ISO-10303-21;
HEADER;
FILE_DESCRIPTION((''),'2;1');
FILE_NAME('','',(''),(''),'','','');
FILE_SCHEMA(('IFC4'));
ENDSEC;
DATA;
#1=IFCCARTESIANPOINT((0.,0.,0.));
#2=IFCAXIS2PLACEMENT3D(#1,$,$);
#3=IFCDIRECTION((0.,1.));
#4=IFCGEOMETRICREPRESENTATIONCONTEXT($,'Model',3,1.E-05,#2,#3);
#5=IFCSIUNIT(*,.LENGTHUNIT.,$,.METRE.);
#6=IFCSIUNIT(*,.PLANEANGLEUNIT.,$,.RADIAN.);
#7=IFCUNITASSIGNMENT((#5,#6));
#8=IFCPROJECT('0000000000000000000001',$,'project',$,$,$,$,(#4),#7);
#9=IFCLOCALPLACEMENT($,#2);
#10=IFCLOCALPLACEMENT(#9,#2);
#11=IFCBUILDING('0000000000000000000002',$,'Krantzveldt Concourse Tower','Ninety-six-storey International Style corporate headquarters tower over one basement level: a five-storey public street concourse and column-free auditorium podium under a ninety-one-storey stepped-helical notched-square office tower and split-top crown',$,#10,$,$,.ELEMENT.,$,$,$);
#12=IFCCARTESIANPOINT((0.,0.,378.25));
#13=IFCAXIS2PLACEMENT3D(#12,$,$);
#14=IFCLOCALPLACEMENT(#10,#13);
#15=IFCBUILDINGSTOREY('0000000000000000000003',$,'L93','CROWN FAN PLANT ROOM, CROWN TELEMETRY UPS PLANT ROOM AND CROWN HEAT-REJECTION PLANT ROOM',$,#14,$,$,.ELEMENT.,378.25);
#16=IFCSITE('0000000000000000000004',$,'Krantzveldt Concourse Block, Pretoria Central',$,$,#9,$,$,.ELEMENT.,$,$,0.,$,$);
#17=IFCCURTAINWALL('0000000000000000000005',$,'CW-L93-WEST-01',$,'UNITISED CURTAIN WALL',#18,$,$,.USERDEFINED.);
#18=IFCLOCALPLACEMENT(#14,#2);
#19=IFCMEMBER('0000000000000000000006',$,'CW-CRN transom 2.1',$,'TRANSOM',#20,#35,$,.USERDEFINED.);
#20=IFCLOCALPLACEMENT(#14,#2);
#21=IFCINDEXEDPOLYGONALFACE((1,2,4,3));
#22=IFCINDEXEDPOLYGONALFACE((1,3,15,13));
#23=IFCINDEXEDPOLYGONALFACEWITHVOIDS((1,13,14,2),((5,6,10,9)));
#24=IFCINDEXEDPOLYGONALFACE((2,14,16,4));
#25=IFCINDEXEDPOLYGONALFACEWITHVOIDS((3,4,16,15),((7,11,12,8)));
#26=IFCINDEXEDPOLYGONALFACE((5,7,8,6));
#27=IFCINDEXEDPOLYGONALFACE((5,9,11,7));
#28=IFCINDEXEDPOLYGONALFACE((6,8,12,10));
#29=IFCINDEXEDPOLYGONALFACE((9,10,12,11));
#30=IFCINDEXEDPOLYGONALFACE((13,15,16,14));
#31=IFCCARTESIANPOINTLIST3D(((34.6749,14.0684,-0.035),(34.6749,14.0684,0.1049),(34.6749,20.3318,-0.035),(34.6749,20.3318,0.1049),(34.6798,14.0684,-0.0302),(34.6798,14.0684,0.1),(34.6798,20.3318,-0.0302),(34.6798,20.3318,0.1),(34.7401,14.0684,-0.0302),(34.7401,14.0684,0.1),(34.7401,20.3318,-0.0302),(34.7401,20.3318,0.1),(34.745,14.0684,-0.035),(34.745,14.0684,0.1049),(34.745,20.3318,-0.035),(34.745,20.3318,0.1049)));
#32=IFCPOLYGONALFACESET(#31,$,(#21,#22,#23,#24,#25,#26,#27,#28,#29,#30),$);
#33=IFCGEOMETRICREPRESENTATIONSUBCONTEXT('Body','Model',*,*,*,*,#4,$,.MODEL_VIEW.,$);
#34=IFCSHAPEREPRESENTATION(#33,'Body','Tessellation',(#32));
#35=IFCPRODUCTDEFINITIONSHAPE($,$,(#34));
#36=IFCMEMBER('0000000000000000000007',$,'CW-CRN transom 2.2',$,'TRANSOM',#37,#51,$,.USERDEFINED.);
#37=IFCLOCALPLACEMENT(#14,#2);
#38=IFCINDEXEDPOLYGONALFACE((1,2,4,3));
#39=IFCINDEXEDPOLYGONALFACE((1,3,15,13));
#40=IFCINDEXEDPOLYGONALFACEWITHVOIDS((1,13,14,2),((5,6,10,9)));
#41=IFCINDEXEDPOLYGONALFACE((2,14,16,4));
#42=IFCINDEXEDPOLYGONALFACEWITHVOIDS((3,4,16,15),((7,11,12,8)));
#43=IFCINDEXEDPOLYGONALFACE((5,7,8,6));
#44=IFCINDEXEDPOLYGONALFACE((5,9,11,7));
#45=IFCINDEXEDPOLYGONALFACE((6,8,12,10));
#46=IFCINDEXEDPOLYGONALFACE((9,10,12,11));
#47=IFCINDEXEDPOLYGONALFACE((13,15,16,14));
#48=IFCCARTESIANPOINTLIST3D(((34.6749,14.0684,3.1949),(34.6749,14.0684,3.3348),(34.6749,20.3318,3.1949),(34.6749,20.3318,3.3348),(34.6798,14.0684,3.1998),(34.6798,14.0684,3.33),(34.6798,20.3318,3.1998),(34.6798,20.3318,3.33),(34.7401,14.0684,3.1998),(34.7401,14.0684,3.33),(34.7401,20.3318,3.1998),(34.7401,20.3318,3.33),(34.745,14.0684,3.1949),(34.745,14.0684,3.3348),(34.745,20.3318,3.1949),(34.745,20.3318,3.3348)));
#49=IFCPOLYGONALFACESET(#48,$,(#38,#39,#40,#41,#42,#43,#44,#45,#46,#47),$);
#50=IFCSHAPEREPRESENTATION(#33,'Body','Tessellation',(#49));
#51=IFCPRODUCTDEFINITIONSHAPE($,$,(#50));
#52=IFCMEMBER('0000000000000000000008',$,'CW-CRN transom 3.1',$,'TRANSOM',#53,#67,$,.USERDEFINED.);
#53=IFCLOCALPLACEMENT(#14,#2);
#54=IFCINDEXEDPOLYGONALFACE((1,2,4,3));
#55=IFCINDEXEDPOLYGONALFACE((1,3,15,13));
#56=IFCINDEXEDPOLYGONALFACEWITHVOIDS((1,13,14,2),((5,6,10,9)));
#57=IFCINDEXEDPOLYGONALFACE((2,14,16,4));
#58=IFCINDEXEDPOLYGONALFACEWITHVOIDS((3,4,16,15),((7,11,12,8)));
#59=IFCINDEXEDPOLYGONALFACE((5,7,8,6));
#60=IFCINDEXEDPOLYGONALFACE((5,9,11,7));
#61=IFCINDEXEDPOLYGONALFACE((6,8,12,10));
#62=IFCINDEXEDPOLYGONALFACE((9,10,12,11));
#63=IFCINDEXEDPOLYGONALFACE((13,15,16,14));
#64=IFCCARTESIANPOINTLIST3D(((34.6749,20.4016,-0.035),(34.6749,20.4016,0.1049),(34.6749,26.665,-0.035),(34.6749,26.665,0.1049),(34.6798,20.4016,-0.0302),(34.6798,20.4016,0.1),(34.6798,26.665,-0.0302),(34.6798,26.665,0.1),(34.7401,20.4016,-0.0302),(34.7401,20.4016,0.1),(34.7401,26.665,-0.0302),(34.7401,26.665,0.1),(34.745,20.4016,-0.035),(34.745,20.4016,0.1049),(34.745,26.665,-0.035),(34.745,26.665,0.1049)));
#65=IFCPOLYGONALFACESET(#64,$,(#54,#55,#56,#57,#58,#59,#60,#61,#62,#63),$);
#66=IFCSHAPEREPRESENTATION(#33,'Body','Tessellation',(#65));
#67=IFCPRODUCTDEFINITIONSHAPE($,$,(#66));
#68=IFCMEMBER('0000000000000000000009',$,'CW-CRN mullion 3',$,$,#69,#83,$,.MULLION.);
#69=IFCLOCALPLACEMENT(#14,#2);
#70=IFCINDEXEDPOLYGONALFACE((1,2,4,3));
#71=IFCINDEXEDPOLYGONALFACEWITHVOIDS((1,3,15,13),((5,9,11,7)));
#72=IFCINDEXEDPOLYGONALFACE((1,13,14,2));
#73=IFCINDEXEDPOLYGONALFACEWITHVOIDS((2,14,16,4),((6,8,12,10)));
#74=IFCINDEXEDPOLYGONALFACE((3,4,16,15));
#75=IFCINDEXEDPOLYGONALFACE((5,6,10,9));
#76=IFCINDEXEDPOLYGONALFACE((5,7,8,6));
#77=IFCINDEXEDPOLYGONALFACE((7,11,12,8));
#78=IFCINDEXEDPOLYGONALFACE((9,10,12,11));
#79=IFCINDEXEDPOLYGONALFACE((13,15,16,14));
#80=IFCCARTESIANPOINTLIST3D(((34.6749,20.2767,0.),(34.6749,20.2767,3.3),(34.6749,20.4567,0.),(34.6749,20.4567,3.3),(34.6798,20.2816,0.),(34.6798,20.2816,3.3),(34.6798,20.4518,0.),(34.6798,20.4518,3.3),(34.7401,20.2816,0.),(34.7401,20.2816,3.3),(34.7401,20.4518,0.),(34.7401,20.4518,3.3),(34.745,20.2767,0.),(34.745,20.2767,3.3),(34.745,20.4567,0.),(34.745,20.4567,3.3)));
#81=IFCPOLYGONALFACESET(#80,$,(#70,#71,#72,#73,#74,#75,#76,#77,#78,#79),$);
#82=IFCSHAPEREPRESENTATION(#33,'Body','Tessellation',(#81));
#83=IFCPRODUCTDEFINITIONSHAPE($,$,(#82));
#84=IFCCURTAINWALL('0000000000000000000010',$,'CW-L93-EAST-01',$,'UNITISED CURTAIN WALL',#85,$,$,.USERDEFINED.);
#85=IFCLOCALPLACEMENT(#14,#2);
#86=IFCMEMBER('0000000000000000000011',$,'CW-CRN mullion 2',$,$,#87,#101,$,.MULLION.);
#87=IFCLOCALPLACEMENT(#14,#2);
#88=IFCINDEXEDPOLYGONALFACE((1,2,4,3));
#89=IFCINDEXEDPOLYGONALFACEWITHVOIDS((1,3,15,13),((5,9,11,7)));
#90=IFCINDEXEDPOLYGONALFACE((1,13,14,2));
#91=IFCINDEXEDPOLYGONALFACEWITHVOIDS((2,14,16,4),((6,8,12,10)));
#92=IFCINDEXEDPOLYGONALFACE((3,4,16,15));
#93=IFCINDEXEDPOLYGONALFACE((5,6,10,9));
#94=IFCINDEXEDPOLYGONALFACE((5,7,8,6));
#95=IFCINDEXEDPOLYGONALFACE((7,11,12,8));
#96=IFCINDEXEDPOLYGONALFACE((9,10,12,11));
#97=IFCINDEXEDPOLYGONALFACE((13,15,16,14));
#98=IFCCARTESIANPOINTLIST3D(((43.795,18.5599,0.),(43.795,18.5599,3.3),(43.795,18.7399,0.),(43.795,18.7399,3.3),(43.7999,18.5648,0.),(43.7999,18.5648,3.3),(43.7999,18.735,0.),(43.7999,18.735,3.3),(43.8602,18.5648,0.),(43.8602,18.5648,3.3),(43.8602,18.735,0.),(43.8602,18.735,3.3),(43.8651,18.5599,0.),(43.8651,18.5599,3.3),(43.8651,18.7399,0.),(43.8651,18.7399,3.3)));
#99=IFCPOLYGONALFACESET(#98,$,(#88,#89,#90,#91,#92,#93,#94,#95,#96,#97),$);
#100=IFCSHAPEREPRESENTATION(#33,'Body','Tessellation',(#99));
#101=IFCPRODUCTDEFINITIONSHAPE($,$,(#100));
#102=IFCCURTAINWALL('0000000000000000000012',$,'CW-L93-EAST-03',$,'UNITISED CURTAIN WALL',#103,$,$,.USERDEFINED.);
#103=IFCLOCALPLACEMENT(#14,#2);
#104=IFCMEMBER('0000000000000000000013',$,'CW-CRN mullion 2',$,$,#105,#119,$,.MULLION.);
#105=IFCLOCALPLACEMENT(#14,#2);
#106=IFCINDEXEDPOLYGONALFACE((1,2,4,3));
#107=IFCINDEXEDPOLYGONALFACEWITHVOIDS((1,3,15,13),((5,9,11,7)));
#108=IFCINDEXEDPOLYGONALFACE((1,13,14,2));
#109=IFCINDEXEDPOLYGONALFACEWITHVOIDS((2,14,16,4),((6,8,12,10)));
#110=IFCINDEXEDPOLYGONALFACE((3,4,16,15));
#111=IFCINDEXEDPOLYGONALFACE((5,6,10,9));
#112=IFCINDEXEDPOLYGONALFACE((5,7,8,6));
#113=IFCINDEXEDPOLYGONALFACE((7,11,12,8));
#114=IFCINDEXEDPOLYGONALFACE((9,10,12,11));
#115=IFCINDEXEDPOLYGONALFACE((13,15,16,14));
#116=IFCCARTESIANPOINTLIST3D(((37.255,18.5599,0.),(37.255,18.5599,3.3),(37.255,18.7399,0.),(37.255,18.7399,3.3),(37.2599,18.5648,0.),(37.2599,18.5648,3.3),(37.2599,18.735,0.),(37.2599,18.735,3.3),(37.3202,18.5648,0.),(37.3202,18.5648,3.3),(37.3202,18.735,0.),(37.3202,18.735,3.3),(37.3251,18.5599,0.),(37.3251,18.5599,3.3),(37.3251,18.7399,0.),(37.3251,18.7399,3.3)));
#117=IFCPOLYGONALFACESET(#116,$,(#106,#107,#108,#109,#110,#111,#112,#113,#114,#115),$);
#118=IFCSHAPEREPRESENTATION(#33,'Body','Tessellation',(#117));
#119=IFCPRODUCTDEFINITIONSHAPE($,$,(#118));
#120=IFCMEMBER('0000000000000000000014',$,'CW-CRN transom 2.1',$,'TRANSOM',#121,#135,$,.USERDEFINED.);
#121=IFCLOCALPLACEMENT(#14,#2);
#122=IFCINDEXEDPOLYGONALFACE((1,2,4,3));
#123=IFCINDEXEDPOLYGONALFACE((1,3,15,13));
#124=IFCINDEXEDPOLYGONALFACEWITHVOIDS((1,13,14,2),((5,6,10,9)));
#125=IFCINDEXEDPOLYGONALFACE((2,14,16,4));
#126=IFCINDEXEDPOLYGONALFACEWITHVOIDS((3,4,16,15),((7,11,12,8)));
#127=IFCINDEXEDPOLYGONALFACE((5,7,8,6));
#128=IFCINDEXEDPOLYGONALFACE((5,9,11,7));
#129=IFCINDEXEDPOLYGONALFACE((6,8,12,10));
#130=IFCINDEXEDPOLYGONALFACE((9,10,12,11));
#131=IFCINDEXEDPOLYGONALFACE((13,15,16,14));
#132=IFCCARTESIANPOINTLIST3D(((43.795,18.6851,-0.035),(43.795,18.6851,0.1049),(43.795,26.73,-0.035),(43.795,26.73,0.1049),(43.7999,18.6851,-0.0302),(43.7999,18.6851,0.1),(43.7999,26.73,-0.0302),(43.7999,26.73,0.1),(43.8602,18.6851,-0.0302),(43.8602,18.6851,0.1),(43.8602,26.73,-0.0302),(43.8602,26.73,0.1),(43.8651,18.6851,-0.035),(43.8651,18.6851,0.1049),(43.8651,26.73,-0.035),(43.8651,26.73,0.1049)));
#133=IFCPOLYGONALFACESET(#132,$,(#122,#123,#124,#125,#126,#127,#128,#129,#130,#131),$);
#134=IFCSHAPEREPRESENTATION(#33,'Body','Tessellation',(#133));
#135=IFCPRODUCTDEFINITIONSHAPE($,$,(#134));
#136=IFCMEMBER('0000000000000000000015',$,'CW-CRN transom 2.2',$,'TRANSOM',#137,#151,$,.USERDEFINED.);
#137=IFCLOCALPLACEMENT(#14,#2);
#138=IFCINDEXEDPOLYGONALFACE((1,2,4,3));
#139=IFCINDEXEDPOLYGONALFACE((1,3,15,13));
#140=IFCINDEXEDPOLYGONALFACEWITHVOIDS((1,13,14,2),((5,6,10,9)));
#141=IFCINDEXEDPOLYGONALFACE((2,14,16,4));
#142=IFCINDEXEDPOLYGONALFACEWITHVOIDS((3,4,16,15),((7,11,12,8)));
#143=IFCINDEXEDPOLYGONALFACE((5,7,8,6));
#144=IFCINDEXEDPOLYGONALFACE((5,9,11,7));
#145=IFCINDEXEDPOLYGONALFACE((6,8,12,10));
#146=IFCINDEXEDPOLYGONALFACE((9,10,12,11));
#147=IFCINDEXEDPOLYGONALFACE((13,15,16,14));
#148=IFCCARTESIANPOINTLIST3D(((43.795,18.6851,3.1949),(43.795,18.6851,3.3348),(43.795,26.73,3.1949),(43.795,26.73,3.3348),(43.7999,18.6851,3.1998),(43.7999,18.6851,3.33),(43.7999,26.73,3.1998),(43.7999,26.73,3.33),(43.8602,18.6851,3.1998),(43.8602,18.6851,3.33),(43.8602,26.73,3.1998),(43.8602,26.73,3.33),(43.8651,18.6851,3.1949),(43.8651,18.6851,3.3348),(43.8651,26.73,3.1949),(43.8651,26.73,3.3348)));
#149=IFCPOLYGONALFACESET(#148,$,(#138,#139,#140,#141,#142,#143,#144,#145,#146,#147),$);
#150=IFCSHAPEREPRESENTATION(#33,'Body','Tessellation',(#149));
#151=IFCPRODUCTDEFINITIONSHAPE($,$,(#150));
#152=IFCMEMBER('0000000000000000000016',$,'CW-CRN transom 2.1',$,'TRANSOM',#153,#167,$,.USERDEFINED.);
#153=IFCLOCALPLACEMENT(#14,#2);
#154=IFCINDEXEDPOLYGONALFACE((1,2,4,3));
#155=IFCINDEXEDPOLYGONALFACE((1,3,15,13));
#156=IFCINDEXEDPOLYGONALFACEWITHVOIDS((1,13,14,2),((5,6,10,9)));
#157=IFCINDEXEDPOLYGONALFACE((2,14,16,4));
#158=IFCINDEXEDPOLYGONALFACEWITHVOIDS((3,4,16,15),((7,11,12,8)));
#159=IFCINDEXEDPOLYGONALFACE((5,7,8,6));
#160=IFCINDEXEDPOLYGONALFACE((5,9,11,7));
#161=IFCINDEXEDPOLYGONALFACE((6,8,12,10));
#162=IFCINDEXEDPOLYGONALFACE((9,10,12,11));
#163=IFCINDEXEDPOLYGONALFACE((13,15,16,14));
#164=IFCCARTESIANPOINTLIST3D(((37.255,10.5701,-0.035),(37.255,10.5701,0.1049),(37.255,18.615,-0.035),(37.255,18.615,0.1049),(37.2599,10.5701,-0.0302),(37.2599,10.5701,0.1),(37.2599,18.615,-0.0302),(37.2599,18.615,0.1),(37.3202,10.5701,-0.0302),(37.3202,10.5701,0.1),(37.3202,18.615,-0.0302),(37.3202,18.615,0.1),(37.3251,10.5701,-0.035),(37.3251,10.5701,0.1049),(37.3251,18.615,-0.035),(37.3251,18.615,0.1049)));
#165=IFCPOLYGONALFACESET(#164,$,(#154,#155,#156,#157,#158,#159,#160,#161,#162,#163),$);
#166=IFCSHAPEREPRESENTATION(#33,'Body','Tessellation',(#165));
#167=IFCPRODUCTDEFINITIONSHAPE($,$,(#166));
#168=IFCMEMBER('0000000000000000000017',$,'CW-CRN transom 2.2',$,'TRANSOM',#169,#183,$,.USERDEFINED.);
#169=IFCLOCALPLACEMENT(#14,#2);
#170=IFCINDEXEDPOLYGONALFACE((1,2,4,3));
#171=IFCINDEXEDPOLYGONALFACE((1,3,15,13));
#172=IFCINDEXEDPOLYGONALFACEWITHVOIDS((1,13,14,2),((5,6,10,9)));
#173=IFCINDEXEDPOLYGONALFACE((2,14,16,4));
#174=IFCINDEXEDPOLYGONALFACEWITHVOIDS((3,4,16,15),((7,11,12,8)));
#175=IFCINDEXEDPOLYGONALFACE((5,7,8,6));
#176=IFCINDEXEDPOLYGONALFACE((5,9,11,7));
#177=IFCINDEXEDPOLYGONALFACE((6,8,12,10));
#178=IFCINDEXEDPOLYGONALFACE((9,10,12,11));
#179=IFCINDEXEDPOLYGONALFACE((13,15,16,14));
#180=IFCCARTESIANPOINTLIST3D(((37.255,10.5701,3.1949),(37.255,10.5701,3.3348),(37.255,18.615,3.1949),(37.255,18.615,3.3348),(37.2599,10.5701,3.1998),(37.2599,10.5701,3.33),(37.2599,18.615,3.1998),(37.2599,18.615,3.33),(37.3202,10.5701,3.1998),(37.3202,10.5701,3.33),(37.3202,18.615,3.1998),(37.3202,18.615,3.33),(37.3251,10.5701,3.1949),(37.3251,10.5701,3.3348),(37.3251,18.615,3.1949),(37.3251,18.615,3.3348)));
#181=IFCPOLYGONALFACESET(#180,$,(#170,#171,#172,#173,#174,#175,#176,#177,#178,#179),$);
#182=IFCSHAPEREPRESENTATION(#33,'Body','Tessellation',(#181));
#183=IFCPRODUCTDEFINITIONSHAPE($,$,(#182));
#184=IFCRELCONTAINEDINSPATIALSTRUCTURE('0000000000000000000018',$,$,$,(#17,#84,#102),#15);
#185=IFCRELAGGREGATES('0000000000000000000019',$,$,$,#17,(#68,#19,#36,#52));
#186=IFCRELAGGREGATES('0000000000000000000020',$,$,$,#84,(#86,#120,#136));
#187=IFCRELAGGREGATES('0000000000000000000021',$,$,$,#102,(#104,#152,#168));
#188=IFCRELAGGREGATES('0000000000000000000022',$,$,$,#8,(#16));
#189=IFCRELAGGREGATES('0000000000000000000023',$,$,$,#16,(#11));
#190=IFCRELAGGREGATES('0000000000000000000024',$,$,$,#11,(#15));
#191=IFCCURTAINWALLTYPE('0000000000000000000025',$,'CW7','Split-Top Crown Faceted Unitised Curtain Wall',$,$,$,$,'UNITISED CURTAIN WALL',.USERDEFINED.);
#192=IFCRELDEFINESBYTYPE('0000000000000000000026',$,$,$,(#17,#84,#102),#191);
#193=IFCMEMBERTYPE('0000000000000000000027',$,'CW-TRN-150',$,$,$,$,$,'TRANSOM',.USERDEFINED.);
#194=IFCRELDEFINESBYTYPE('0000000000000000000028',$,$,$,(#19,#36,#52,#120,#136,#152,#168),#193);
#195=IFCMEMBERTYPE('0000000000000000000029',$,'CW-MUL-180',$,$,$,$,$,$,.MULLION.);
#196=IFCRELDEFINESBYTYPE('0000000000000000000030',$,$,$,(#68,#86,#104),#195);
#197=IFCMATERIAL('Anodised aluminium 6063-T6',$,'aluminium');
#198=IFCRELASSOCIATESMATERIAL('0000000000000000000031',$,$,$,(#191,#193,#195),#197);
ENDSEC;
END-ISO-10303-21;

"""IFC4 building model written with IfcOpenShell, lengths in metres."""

from ifc_helpers import new_model, si_unit, direction, frame, origin, origin_2d, place, context, subcontext, project, spatial, hollow_rectangle, extrude, source, transform, mapped, material, material_profile, profile_set, type_object, type_shapes, element, aggregate, save


model = new_model("IFC4")

# Units and contexts
model_context = context("Model", 3, precision=1e-05, world=origin(), true_north=direction((0.0, 1.0)))
body_context = subcontext(model_context, "Body", "Model", "MODEL_VIEW")
ifc_project = project(units=[si_unit("LENGTHUNIT", "METRE"), si_unit("PLANEANGLEUNIT", "RADIAN")], contexts=[model_context])

# Site, building, storey
site_placement = place(None, origin())
site = spatial("IfcSite", under=ifc_project, at=site_placement, Name="Krantzveldt Concourse Block, Pretoria Central", CompositionType="ELEMENT", RefElevation=0.0)
building_placement = place(site_placement, origin())
building = spatial("IfcBuilding", under=site, at=building_placement, Name="Krantzveldt Concourse Tower", Description="Ninety-six-storey International Style corporate headquarters tower over one basement level: a five-storey public street concourse and column-free auditorium podium under a ninety-one-storey stepped-helical notched-square office tower and split-top crown", CompositionType="ELEMENT")
storey_placement = place(building_placement, frame((0.0, 0.0, 378.25)))
storey = spatial("IfcBuildingStorey", under=building, at=storey_placement, Name="L93", Description="CROWN FAN PLANT ROOM, CROWN TELEMETRY UPS PLANT ROOM AND CROWN HEAT-REJECTION PLANT ROOM", CompositionType="ELEMENT", Elevation=378.25)

# Curtain wall, members
ifc_material_1 = material(Name="Anodised aluminium 6063-T6", Category="aluminium")
curtain_wall_type = type_object("IfcCurtainWallType", Name="CW7", Description="Split-Top Crown Faceted Unitised Curtain Wall", ElementType="UNITISED CURTAIN WALL", PredefinedType="USERDEFINED", material=ifc_material_1)
curtain_wall_1_placement = place(storey_placement, origin())
curtain_wall_1 = element("IfcCurtainWall", 1, at=curtain_wall_1_placement, inside=storey, type_object=curtain_wall_type, Name="CW-L93-WEST-01", ObjectType="UNITISED CURTAIN WALL", PredefinedType="USERDEFINED")
ifc_material_profile_1 = material_profile(ifc_material_1, hollow_rectangle(XDim=0.0701, YDim=0.1399, WallThickness=0.0049, at=origin_2d()), Name="Anodised aluminium 6063-T6", Category="aluminium")
ifc_profile_set_1 = profile_set([ifc_material_profile_1], Name="Anodised aluminium 6063-T6 - ALU-TRAN 140x70x5")
member_type_1 = type_object("IfcMemberType", Name="CW-TRN-150", ElementType="TRANSOM", PredefinedType="USERDEFINED", material=ifc_profile_set_1)
shared_shape_1 = source(origin(), body_context, "Body", "SweptSolid", [
    extrude(hollow_rectangle(XDim=0.0701, YDim=0.1399, WallThickness=0.0049, at=origin_2d()), origin(), (0.0, 0.0, 1.0), 6.2634),
])
member_1_placement = place(storey_placement, frame((34.71, 14.0684, 0.0349), z_axis=(0.0, 1.0, 0.0), x_axis=(-1.0, 0.0, 0.0)))
member_1 = element("IfcMember", 2, at=member_1_placement, type_object=member_type_1, Name="CW-CRN transom 2.1", ObjectType="TRANSOM", PredefinedType="USERDEFINED", context=body_context, shape_type="MappedRepresentation", body=[
    mapped(shared_shape_1, transform((0.0, 0.0, 0.0), x_axis=(1.0, 0.0, 0.0), y_axis=(0.0, 1.0, 0.0), z_axis=(0.0, 0.0, 1.0), scale=1.0)),
])
member_2_placement = place(storey_placement, frame((34.71, 14.0684, 3.2649), z_axis=(0.0, 1.0, 0.0), x_axis=(-1.0, 0.0, 0.0)))
member_2 = element("IfcMember", 3, at=member_2_placement, type_object=member_type_1, Name="CW-CRN transom 2.2", ObjectType="TRANSOM", PredefinedType="USERDEFINED", context=body_context, shape_type="MappedRepresentation", body=[
    mapped(shared_shape_1, transform((0.0, 0.0, 0.0), x_axis=(1.0, 0.0, 0.0), y_axis=(0.0, 1.0, 0.0), z_axis=(0.0, 0.0, 1.0), scale=1.0)),
])
member_3_placement = place(storey_placement, frame((34.71, 20.4016, 0.0349), z_axis=(0.0, 1.0, 0.0), x_axis=(-1.0, 0.0, 0.0)))
member_3 = element("IfcMember", 4, at=member_3_placement, type_object=member_type_1, Name="CW-CRN transom 3.1", ObjectType="TRANSOM", PredefinedType="USERDEFINED", context=body_context, shape_type="MappedRepresentation", body=[
    mapped(shared_shape_1, transform((0.0, 0.0, 0.0), x_axis=(1.0, 0.0, 0.0), y_axis=(0.0, 1.0, 0.0), z_axis=(0.0, 0.0, 1.0), scale=1.0)),
])
ifc_material_profile_2 = material_profile(ifc_material_1, hollow_rectangle(XDim=0.0701, YDim=0.1799, WallThickness=0.0049, at=origin_2d()), Name="Anodised aluminium 6063-T6", Category="aluminium")
ifc_profile_set_2 = profile_set([ifc_material_profile_2], Name="Anodised aluminium 6063-T6 - ALU-MULL 180x70x5")
member_type_2 = type_object("IfcMemberType", Name="CW-MUL-180", PredefinedType="MULLION", material=ifc_profile_set_2)
shared_shape_2 = source(origin(), body_context, "Body", "SweptSolid", [
    extrude(hollow_rectangle(XDim=0.0701, YDim=0.1799, WallThickness=0.0049, at=origin_2d()), origin(), (0.0, 0.0, 1.0), 3.3),
])
type_shapes(member_type_2, [shared_shape_2])
member_4_placement = place(storey_placement, frame((34.71, 20.3667, 0.0), z_axis=(0.0, 0.0, 1.0), x_axis=(-1.0, 0.0, 0.0)))
member_4 = element("IfcMember", 5, at=member_4_placement, type_object=member_type_2, Name="CW-CRN mullion 3", PredefinedType="MULLION", context=body_context, shape_type="MappedRepresentation", body=[
    mapped(shared_shape_2, transform((0.0, 0.0, 0.0), x_axis=(1.0, 0.0, 0.0), y_axis=(0.0, 1.0, 0.0), z_axis=(0.0, 0.0, 1.0), scale=1.0)),
])

# Curtain walls, members
curtain_wall_2_placement = place(storey_placement, origin())
curtain_wall_2 = element("IfcCurtainWall", 6, at=curtain_wall_2_placement, inside=storey, type_object=curtain_wall_type, Name="CW-L93-EAST-01", ObjectType="UNITISED CURTAIN WALL", PredefinedType="USERDEFINED")
member_5_placement = place(storey_placement, frame((43.8301, 18.6499, 0.0), z_axis=(0.0, 0.0, 1.0), x_axis=(-1.0, 0.0, 0.0)))
member_5 = element("IfcMember", 7, at=member_5_placement, type_object=member_type_2, Name="CW-CRN mullion 2", PredefinedType="MULLION", context=body_context, shape_type="MappedRepresentation", body=[
    mapped(shared_shape_2, transform((0.0, 0.0, 0.0), x_axis=(1.0, 0.0, 0.0), y_axis=(0.0, 1.0, 0.0), z_axis=(0.0, 0.0, 1.0), scale=1.0)),
])
curtain_wall_3_placement = place(storey_placement, origin())
curtain_wall_3 = element("IfcCurtainWall", 8, at=curtain_wall_3_placement, inside=storey, type_object=curtain_wall_type, Name="CW-L93-EAST-03", ObjectType="UNITISED CURTAIN WALL", PredefinedType="USERDEFINED")
member_6_placement = place(storey_placement, frame((37.29, 18.6499, 0.0), z_axis=(0.0, 0.0, 1.0), x_axis=(1.0, 0.0, 0.0)))
member_6 = element("IfcMember", 9, at=member_6_placement, type_object=member_type_2, Name="CW-CRN mullion 2", PredefinedType="MULLION", context=body_context, shape_type="MappedRepresentation", body=[
    mapped(shared_shape_2, transform((0.0, 0.0, 0.0), x_axis=(1.0, 0.0, 0.0), y_axis=(0.0, 1.0, 0.0), z_axis=(0.0, 0.0, 1.0), scale=1.0)),
])

# Members
shared_shape_3 = source(origin(), body_context, "Body", "SweptSolid", [
    extrude(hollow_rectangle(XDim=0.0701, YDim=0.1399, WallThickness=0.0049, at=origin_2d()), origin(), (0.0, 0.0, 1.0), 8.0449),
])
type_shapes(member_type_1, [shared_shape_1, shared_shape_3])
member_7_placement = place(storey_placement, frame((43.8301, 18.6851, 0.0349), z_axis=(0.0, 1.0, 0.0), x_axis=(-1.0, 0.0, 0.0)))
member_7 = element("IfcMember", 10, at=member_7_placement, type_object=member_type_1, Name="CW-CRN transom 2.1", ObjectType="TRANSOM", PredefinedType="USERDEFINED", context=body_context, shape_type="MappedRepresentation", body=[
    mapped(shared_shape_3, transform((0.0, 0.0, 0.0), x_axis=(1.0, 0.0, 0.0), y_axis=(0.0, 1.0, 0.0), z_axis=(0.0, 0.0, 1.0), scale=1.0)),
])
member_8_placement = place(storey_placement, frame((43.8301, 18.6851, 3.2649), z_axis=(0.0, 1.0, 0.0), x_axis=(-1.0, 0.0, 0.0)))
member_8 = element("IfcMember", 11, at=member_8_placement, type_object=member_type_1, Name="CW-CRN transom 2.2", ObjectType="TRANSOM", PredefinedType="USERDEFINED", context=body_context, shape_type="MappedRepresentation", body=[
    mapped(shared_shape_3, transform((0.0, 0.0, 0.0), x_axis=(1.0, 0.0, 0.0), y_axis=(0.0, 1.0, 0.0), z_axis=(0.0, 0.0, 1.0), scale=1.0)),
])
member_9_placement = place(storey_placement, frame((37.29, 18.615, 0.0349), z_axis=(0.0, -1.0, 0.0), x_axis=(1.0, 0.0, 0.0)))
member_9 = element("IfcMember", 12, at=member_9_placement, type_object=member_type_1, Name="CW-CRN transom 2.1", ObjectType="TRANSOM", PredefinedType="USERDEFINED", context=body_context, shape_type="MappedRepresentation", body=[
    mapped(shared_shape_3, transform((0.0, 0.0, 0.0), x_axis=(1.0, 0.0, 0.0), y_axis=(0.0, 1.0, 0.0), z_axis=(0.0, 0.0, 1.0), scale=1.0)),
])
member_10_placement = place(storey_placement, frame((37.29, 18.615, 3.2649), z_axis=(0.0, -1.0, 0.0), x_axis=(1.0, 0.0, 0.0)))
member_10 = element("IfcMember", 13, at=member_10_placement, type_object=member_type_1, Name="CW-CRN transom 2.2", ObjectType="TRANSOM", PredefinedType="USERDEFINED", context=body_context, shape_type="MappedRepresentation", body=[
    mapped(shared_shape_3, transform((0.0, 0.0, 0.0), x_axis=(1.0, 0.0, 0.0), y_axis=(0.0, 1.0, 0.0), z_axis=(0.0, 0.0, 1.0), scale=1.0)),
])

aggregate(curtain_wall_1, [member_4, member_1, member_2, member_3])
aggregate(curtain_wall_2, [member_5, member_7, member_8])
aggregate(curtain_wall_3, [member_6, member_9, member_10])

save(model, "model.ifc")
